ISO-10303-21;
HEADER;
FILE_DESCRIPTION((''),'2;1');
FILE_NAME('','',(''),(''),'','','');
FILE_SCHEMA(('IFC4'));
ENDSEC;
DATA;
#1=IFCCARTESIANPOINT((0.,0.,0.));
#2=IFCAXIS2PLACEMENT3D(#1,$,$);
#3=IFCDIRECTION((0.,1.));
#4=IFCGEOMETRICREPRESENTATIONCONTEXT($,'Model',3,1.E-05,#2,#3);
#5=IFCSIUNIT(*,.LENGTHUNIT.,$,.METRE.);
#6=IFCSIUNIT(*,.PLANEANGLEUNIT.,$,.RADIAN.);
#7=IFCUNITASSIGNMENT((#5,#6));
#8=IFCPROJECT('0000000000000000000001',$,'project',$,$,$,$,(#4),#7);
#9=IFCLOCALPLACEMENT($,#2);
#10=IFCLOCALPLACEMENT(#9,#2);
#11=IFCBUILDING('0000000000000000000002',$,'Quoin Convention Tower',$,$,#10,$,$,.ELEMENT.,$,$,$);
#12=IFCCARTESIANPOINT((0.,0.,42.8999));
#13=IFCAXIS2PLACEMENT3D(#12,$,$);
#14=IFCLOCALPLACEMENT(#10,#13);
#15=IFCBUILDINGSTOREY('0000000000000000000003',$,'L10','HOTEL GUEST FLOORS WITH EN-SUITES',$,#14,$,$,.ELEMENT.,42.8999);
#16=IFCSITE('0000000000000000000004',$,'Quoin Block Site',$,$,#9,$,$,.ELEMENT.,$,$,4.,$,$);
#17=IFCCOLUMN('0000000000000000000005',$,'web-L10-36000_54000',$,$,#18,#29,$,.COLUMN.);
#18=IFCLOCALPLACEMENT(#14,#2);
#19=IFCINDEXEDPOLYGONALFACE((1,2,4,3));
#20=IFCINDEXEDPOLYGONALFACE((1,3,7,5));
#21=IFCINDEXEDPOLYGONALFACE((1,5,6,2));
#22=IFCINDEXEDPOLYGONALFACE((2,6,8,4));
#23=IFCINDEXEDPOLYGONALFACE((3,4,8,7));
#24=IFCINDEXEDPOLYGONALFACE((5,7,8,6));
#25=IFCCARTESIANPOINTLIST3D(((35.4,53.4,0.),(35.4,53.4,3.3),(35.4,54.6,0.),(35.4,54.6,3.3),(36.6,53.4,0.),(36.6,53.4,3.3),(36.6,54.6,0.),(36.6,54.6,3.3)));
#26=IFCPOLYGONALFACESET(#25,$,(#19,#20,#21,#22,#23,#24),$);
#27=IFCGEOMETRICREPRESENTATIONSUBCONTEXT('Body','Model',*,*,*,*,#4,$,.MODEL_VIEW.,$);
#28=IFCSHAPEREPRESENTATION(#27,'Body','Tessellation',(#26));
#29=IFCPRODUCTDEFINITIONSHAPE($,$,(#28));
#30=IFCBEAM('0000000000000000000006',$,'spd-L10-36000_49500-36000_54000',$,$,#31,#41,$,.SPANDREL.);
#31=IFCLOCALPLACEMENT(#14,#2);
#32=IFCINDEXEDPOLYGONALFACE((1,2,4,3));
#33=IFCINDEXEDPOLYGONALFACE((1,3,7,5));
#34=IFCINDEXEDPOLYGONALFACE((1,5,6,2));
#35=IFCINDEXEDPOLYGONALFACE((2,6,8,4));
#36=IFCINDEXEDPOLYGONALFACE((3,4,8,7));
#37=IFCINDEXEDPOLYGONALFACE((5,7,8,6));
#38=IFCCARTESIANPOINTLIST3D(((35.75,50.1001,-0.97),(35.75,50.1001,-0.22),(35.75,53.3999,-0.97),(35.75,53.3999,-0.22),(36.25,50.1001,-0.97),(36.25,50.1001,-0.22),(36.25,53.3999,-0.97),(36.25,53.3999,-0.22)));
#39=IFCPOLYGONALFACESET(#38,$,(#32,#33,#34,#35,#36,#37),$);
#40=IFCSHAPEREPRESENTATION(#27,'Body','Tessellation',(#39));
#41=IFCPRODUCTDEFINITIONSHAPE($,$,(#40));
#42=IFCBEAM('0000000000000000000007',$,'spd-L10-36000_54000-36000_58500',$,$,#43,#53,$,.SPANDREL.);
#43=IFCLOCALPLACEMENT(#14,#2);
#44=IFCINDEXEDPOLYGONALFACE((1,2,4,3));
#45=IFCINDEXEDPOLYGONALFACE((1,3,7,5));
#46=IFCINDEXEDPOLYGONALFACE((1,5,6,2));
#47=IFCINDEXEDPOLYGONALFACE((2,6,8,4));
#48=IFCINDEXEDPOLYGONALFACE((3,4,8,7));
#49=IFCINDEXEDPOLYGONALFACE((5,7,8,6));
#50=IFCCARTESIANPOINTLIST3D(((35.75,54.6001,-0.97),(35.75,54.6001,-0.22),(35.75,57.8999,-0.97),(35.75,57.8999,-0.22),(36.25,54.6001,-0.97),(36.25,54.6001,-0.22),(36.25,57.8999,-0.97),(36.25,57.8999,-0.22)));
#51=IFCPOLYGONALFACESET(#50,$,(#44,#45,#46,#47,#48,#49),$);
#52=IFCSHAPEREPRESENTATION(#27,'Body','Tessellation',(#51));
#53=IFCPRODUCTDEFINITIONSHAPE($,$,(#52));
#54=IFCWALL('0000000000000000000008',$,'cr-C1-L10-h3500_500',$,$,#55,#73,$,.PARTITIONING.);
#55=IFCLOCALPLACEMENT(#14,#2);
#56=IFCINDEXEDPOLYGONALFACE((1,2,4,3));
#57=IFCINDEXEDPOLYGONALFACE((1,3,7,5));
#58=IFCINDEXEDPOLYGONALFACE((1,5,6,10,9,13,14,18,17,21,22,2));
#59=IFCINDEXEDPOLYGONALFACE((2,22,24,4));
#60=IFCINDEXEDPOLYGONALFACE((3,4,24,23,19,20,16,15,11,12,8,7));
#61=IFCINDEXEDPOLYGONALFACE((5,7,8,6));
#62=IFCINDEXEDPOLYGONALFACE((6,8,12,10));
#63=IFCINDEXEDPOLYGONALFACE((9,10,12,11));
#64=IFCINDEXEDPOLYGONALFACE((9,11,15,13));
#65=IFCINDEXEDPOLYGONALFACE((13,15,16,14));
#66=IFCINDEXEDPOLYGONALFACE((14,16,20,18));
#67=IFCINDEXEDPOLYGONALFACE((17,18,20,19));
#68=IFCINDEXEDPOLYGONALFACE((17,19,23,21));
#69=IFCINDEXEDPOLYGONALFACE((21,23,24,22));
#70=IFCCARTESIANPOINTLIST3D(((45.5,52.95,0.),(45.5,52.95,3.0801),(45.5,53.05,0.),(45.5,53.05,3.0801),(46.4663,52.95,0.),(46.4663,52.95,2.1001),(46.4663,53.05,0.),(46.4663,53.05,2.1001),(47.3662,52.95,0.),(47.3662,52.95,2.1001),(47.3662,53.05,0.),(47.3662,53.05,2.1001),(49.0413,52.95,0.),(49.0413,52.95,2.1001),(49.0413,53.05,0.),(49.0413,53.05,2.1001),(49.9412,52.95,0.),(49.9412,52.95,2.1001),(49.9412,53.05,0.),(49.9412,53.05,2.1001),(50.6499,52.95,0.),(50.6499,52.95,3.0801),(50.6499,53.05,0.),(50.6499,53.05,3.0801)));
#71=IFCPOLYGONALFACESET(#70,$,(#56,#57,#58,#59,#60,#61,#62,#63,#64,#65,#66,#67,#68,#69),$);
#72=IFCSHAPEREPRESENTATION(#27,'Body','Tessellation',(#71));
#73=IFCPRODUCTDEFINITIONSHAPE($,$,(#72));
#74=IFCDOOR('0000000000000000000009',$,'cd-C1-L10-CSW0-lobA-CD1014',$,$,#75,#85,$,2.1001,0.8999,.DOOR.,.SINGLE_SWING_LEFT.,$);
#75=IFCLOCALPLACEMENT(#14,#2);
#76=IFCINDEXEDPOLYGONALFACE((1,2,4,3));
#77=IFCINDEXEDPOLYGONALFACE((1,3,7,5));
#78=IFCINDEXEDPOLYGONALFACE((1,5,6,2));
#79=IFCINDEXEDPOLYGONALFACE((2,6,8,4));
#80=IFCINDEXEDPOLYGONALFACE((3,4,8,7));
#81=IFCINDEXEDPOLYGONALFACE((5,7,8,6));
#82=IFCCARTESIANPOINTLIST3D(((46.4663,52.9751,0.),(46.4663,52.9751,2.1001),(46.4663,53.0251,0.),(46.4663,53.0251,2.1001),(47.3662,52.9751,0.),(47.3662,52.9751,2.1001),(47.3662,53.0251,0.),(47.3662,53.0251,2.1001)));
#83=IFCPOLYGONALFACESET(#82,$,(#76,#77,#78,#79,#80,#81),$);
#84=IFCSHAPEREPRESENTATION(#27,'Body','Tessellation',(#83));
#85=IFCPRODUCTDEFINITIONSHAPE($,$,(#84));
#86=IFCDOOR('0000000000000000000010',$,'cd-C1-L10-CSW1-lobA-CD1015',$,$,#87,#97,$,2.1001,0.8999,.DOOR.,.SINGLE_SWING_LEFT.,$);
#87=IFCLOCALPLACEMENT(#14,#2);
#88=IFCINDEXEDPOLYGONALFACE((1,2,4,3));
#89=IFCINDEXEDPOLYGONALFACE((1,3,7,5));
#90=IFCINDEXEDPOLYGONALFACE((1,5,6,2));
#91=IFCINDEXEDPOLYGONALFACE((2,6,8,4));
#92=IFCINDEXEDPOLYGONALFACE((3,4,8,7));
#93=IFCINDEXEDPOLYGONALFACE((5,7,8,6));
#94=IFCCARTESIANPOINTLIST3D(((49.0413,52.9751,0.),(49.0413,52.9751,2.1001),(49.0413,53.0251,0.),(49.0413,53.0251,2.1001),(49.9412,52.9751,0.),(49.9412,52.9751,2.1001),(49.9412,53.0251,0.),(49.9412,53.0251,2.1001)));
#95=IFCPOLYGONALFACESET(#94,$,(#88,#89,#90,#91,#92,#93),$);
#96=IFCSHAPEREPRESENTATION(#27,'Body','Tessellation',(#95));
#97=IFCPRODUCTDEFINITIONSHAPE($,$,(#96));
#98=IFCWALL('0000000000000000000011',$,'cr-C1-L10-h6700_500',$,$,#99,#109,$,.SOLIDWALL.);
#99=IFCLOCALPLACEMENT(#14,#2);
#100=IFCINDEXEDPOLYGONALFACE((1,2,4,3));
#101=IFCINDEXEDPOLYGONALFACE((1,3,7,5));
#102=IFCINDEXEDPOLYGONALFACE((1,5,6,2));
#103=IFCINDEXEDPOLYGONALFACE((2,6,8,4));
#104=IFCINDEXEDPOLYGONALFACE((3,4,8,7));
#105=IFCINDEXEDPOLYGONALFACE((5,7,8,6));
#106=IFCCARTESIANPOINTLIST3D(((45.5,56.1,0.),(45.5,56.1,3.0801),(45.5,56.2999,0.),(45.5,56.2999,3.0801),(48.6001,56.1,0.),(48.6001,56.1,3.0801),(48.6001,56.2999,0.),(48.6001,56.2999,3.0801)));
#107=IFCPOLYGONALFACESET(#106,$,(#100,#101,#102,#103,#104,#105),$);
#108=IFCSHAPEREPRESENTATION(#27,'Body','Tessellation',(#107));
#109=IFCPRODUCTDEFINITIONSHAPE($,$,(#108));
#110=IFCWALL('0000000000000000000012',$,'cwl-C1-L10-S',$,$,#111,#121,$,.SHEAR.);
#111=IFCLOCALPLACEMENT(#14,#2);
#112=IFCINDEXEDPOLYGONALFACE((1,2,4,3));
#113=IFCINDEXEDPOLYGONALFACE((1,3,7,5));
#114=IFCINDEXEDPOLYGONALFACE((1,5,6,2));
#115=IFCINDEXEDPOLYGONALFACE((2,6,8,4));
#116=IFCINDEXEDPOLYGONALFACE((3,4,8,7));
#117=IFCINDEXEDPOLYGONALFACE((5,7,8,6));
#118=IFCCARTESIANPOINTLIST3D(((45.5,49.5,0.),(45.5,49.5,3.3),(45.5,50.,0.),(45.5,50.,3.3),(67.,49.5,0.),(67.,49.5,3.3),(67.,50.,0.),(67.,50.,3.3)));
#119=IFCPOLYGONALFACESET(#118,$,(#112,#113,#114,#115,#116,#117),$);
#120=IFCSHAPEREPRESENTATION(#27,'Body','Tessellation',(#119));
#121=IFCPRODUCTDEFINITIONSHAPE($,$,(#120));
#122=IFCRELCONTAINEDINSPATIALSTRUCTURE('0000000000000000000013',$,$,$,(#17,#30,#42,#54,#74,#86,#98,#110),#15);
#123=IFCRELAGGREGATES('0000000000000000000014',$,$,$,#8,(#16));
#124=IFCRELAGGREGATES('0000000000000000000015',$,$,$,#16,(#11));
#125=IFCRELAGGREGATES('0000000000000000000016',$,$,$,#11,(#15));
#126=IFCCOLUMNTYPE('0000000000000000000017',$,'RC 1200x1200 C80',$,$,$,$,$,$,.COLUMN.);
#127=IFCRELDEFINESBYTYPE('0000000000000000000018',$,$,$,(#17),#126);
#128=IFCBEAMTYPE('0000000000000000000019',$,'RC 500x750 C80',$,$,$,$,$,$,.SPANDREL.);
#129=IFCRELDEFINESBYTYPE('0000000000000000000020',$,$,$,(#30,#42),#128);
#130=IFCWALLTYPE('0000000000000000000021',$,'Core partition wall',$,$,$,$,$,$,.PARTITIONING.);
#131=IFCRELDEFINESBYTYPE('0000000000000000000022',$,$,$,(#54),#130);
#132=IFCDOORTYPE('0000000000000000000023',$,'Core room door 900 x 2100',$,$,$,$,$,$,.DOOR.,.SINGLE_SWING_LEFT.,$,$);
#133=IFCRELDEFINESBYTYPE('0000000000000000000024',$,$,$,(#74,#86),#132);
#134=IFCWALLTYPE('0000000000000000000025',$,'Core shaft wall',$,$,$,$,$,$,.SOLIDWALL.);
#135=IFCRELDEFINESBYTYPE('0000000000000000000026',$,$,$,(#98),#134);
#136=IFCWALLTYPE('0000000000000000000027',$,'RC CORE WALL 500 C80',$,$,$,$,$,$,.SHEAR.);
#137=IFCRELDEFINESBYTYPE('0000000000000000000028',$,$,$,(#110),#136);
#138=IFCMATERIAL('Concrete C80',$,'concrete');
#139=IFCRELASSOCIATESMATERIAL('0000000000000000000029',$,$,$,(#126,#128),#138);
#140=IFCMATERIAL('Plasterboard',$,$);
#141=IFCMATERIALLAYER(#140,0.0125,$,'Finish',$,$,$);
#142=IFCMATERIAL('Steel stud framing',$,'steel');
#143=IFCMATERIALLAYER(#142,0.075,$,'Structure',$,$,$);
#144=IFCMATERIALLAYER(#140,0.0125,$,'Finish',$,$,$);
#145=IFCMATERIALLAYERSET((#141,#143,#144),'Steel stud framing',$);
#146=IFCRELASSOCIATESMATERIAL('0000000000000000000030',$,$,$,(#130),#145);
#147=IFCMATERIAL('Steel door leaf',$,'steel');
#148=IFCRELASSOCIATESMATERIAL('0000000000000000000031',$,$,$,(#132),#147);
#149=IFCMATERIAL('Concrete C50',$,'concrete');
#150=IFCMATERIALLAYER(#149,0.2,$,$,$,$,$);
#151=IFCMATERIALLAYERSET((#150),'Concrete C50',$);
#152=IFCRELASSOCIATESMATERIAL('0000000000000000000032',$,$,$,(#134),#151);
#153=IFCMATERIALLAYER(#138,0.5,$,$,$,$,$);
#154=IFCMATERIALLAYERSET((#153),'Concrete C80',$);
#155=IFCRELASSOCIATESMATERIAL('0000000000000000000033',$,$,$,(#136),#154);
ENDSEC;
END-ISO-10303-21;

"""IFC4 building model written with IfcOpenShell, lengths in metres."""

from ifc_helpers import new_model, si_unit, direction, frame, frame_2d, origin, origin_2d, place, context, subcontext, project, spatial, rectangle, extrude, material, layer, layer_set, material_profile, profile_set, type_object, element, fill, save


model = new_model("IFC4")

# Units and contexts
model_context = context("Model", 3, precision=1e-05, world=origin(), true_north=direction((0.0, 1.0)))
body_context = subcontext(model_context, "Body", "Model", "MODEL_VIEW")
ifc_project = project(units=[si_unit("LENGTHUNIT", "METRE"), si_unit("PLANEANGLEUNIT", "RADIAN")], contexts=[model_context])

# Site, building, storey
site_placement = place(None, origin())
site = spatial("IfcSite", under=ifc_project, at=site_placement, Name="Quoin Block Site", CompositionType="ELEMENT", RefElevation=4.0)
building_placement = place(site_placement, origin())
building = spatial("IfcBuilding", under=site, at=building_placement, Name="Quoin Convention Tower", CompositionType="ELEMENT")
storey_placement = place(building_placement, frame((0.0, 0.0, 42.8999)))
storey = spatial("IfcBuildingStorey", under=building, at=storey_placement, Name="L10", Description="HOTEL GUEST FLOORS WITH EN-SUITES", CompositionType="ELEMENT", Elevation=42.8999)

# Column
ifc_material_1 = material(Name="Concrete C80", Category="concrete")
ifc_material_profile_1 = material_profile(ifc_material_1, rectangle(XDim=1.2, YDim=1.2, at=origin_2d()), Name="RC 1200x1200")
ifc_profile_set_1 = profile_set([ifc_material_profile_1], Name="Concrete C80")
column_type = type_object("IfcColumnType", Name="RC 1200x1200 C80", PredefinedType="COLUMN", material=ifc_profile_set_1)
column_placement = place(storey_placement, frame((36.0, 54.0, 0.0), z_axis=(0.0, 0.0, 1.0), x_axis=(1.0, 0.0, 0.0)))
element("IfcColumn", 1, at=column_placement, inside=storey, type_object=column_type, Name="web-L10-36000_54000", PredefinedType="COLUMN", context=body_context, shape_type="SweptSolid", body=[
    extrude(rectangle(XDim=1.2, YDim=1.2, at=origin_2d()), origin(), (0.0, 0.0, 1.0), 3.3),
])

# Beams
ifc_material_profile_2 = material_profile(ifc_material_1, rectangle(XDim=0.5, YDim=0.75, at=origin_2d()), Name="RC 500x750")
ifc_profile_set_2 = profile_set([ifc_material_profile_2], Name="Concrete C80")
beam_type = type_object("IfcBeamType", Name="RC 500x750 C80", PredefinedType="SPANDREL", material=ifc_profile_set_2)
for number, where, z_axis, x_axis, name in (
    (2, (36.0, 50.1001, -0.595), (0.0, 1.0, 0.0), (-1.0, 0.0, 0.0), "spd-L10-36000_49500-36000_54000"),
    (3, (36.0, 54.6001, -0.595), (0.0, 1.0, 0.0), (-1.0, 0.0, 0.0), "spd-L10-36000_54000-36000_58500"),
):
    element("IfcBeam", number, at=place(storey_placement, frame(where, z_axis=z_axis, x_axis=x_axis)), inside=storey, type_object=beam_type, Name=name, PredefinedType="SPANDREL", context=body_context, shape_type="SweptSolid", body=[
        extrude(rectangle(XDim=0.5, YDim=0.75, at=origin_2d()), origin(), (0.0, 0.0, 1.0), 3.2998),
    ])

# Wall, openings, doors
ifc_material_2 = material(Name="Plasterboard")
ifc_layer_1 = layer(ifc_material_2, 0.0125, Name="Finish")
ifc_material_3 = material(Name="Steel stud framing", Category="steel")
ifc_layer_2 = layer(ifc_material_3, 0.075, Name="Structure")
ifc_layer_3 = layer(ifc_material_2, 0.0125, Name="Finish")
ifc_layer_set_1 = layer_set([ifc_layer_1, ifc_layer_2, ifc_layer_3], Name="Steel stud framing")
wall_type_1 = type_object("IfcWallType", Name="Core partition wall", PredefinedType="PARTITIONING", material=ifc_layer_set_1)
wall_1_placement = place(storey_placement, frame((45.5, 53.0, 0.0), z_axis=(0.0, 0.0, 1.0), x_axis=(1.0, 0.0, 0.0)))
wall_1 = element("IfcWall", 4, at=wall_1_placement, inside=storey, type_object=wall_type_1, Name="cr-C1-L10-h3500_500", PredefinedType="PARTITIONING", context=body_context, shape_type="SweptSolid", body=[
    extrude(rectangle(XDim=5.1499, YDim=0.1001, at=frame_2d((2.575, 0.0))), origin(), (0.0, 0.0, 1.0), 3.0801),
])
opening_1_placement = place(wall_1_placement, frame((0.9663, 0.0, 0.0)))
opening_1 = element("IfcOpeningElement", 5, at=opening_1_placement, cuts=wall_1, PredefinedType="OPENING", context=body_context, shape_type="SweptSolid", body=[
    extrude(rectangle(XDim=0.8999, YDim=2.1001, at=frame_2d((0.45, 1.05))), frame((0.0, 0.0601, 0.0), z_axis=(0.0, -1.0, 0.0), x_axis=(1.0, 0.0, 0.0)), (0.0, 0.0, 1.0), 0.1201),
])
opening_2_placement = place(wall_1_placement, frame((3.5413, 0.0, 0.0)))
opening_2 = element("IfcOpeningElement", 6, at=opening_2_placement, cuts=wall_1, PredefinedType="OPENING", context=body_context, shape_type="SweptSolid", body=[
    extrude(rectangle(XDim=0.8999, YDim=2.1001, at=frame_2d((0.45, 1.05))), frame((0.0, 0.0601, 0.0), z_axis=(0.0, -1.0, 0.0), x_axis=(1.0, 0.0, 0.0)), (0.0, 0.0, 1.0), 0.1201),
])
ifc_material_4 = material(Name="Steel door leaf", Category="steel")
door_type_1 = type_object("IfcDoorType", Name="Core room door 900 x 2100", OperationType="SINGLE_SWING_LEFT", PredefinedType="DOOR", material=ifc_material_4)
door_1_placement = place(opening_1_placement, frame((0.8999, 0.0, 0.0), z_axis=(0.0, 0.0, 1.0), x_axis=(-1.0, 0.0, 0.0)))
door_1 = element("IfcDoor", 7, at=door_1_placement, inside=storey, type_object=door_type_1, Name="cd-C1-L10-CSW0-lobA-CD1014", OperationType="SINGLE_SWING_LEFT", OverallHeight=2.1001, OverallWidth=0.8999, PredefinedType="DOOR", context=body_context, shape_type="SweptSolid", body=[
    extrude(rectangle(XDim=0.8999, YDim=2.1001, at=frame_2d((0.45, 1.05))), frame((0.0, 0.0249, 0.0), z_axis=(0.0, -1.0, 0.0), x_axis=(1.0, 0.0, 0.0)), (0.0, 0.0, 1.0), 0.05),
])
fill(opening_1, door_1)
door_2_placement = place(opening_2_placement, frame((0.8999, 0.0, 0.0), z_axis=(0.0, 0.0, 1.0), x_axis=(-1.0, 0.0, 0.0)))
door_2 = element("IfcDoor", 8, at=door_2_placement, inside=storey, type_object=door_type_1, Name="cd-C1-L10-CSW1-lobA-CD1015", OperationType="SINGLE_SWING_LEFT", OverallHeight=2.1001, OverallWidth=0.8999, PredefinedType="DOOR", context=body_context, shape_type="SweptSolid", body=[
    extrude(rectangle(XDim=0.8999, YDim=2.1001, at=frame_2d((0.45, 1.05))), frame((0.0, 0.0249, 0.0), z_axis=(0.0, -1.0, 0.0), x_axis=(1.0, 0.0, 0.0)), (0.0, 0.0, 1.0), 0.05),
])
fill(opening_2, door_2)

# Walls
ifc_material_5 = material(Name="Concrete C50", Category="concrete")
ifc_layer_4 = layer(ifc_material_5, 0.2)
ifc_layer_set_2 = layer_set([ifc_layer_4], Name="Concrete C50")
wall_type_2 = type_object("IfcWallType", Name="Core shaft wall", PredefinedType="SOLIDWALL", material=ifc_layer_set_2)
wall_2_placement = place(storey_placement, frame((45.5, 56.2, 0.0), z_axis=(0.0, 0.0, 1.0), x_axis=(1.0, 0.0, 0.0)))
element("IfcWall", 9, at=wall_2_placement, inside=storey, type_object=wall_type_2, Name="cr-C1-L10-h6700_500", PredefinedType="SOLIDWALL", context=body_context, shape_type="SweptSolid", body=[
    extrude(rectangle(XDim=3.1001, YDim=0.2, at=frame_2d((1.55, 0.0))), origin(), (0.0, 0.0, 1.0), 3.0801),
])
ifc_layer_5 = layer(ifc_material_1, 0.5)
ifc_layer_set_3 = layer_set([ifc_layer_5], Name="Concrete C80")
wall_type_3 = type_object("IfcWallType", Name="RC CORE WALL 500 C80", PredefinedType="SHEAR", material=ifc_layer_set_3)
wall_3_placement = place(storey_placement, frame((45.5, 49.75, 0.0), z_axis=(0.0, 0.0, 1.0), x_axis=(1.0, 0.0, 0.0)))
element("IfcWall", 10, at=wall_3_placement, inside=storey, type_object=wall_type_3, Name="cwl-C1-L10-S", PredefinedType="SHEAR", context=body_context, shape_type="SweptSolid", body=[
    extrude(rectangle(XDim=21.5, YDim=0.5, at=frame_2d((10.75, 0.0))), origin(), (0.0, 0.0, 1.0), 3.3),
])

save(model, "model.ifc")
